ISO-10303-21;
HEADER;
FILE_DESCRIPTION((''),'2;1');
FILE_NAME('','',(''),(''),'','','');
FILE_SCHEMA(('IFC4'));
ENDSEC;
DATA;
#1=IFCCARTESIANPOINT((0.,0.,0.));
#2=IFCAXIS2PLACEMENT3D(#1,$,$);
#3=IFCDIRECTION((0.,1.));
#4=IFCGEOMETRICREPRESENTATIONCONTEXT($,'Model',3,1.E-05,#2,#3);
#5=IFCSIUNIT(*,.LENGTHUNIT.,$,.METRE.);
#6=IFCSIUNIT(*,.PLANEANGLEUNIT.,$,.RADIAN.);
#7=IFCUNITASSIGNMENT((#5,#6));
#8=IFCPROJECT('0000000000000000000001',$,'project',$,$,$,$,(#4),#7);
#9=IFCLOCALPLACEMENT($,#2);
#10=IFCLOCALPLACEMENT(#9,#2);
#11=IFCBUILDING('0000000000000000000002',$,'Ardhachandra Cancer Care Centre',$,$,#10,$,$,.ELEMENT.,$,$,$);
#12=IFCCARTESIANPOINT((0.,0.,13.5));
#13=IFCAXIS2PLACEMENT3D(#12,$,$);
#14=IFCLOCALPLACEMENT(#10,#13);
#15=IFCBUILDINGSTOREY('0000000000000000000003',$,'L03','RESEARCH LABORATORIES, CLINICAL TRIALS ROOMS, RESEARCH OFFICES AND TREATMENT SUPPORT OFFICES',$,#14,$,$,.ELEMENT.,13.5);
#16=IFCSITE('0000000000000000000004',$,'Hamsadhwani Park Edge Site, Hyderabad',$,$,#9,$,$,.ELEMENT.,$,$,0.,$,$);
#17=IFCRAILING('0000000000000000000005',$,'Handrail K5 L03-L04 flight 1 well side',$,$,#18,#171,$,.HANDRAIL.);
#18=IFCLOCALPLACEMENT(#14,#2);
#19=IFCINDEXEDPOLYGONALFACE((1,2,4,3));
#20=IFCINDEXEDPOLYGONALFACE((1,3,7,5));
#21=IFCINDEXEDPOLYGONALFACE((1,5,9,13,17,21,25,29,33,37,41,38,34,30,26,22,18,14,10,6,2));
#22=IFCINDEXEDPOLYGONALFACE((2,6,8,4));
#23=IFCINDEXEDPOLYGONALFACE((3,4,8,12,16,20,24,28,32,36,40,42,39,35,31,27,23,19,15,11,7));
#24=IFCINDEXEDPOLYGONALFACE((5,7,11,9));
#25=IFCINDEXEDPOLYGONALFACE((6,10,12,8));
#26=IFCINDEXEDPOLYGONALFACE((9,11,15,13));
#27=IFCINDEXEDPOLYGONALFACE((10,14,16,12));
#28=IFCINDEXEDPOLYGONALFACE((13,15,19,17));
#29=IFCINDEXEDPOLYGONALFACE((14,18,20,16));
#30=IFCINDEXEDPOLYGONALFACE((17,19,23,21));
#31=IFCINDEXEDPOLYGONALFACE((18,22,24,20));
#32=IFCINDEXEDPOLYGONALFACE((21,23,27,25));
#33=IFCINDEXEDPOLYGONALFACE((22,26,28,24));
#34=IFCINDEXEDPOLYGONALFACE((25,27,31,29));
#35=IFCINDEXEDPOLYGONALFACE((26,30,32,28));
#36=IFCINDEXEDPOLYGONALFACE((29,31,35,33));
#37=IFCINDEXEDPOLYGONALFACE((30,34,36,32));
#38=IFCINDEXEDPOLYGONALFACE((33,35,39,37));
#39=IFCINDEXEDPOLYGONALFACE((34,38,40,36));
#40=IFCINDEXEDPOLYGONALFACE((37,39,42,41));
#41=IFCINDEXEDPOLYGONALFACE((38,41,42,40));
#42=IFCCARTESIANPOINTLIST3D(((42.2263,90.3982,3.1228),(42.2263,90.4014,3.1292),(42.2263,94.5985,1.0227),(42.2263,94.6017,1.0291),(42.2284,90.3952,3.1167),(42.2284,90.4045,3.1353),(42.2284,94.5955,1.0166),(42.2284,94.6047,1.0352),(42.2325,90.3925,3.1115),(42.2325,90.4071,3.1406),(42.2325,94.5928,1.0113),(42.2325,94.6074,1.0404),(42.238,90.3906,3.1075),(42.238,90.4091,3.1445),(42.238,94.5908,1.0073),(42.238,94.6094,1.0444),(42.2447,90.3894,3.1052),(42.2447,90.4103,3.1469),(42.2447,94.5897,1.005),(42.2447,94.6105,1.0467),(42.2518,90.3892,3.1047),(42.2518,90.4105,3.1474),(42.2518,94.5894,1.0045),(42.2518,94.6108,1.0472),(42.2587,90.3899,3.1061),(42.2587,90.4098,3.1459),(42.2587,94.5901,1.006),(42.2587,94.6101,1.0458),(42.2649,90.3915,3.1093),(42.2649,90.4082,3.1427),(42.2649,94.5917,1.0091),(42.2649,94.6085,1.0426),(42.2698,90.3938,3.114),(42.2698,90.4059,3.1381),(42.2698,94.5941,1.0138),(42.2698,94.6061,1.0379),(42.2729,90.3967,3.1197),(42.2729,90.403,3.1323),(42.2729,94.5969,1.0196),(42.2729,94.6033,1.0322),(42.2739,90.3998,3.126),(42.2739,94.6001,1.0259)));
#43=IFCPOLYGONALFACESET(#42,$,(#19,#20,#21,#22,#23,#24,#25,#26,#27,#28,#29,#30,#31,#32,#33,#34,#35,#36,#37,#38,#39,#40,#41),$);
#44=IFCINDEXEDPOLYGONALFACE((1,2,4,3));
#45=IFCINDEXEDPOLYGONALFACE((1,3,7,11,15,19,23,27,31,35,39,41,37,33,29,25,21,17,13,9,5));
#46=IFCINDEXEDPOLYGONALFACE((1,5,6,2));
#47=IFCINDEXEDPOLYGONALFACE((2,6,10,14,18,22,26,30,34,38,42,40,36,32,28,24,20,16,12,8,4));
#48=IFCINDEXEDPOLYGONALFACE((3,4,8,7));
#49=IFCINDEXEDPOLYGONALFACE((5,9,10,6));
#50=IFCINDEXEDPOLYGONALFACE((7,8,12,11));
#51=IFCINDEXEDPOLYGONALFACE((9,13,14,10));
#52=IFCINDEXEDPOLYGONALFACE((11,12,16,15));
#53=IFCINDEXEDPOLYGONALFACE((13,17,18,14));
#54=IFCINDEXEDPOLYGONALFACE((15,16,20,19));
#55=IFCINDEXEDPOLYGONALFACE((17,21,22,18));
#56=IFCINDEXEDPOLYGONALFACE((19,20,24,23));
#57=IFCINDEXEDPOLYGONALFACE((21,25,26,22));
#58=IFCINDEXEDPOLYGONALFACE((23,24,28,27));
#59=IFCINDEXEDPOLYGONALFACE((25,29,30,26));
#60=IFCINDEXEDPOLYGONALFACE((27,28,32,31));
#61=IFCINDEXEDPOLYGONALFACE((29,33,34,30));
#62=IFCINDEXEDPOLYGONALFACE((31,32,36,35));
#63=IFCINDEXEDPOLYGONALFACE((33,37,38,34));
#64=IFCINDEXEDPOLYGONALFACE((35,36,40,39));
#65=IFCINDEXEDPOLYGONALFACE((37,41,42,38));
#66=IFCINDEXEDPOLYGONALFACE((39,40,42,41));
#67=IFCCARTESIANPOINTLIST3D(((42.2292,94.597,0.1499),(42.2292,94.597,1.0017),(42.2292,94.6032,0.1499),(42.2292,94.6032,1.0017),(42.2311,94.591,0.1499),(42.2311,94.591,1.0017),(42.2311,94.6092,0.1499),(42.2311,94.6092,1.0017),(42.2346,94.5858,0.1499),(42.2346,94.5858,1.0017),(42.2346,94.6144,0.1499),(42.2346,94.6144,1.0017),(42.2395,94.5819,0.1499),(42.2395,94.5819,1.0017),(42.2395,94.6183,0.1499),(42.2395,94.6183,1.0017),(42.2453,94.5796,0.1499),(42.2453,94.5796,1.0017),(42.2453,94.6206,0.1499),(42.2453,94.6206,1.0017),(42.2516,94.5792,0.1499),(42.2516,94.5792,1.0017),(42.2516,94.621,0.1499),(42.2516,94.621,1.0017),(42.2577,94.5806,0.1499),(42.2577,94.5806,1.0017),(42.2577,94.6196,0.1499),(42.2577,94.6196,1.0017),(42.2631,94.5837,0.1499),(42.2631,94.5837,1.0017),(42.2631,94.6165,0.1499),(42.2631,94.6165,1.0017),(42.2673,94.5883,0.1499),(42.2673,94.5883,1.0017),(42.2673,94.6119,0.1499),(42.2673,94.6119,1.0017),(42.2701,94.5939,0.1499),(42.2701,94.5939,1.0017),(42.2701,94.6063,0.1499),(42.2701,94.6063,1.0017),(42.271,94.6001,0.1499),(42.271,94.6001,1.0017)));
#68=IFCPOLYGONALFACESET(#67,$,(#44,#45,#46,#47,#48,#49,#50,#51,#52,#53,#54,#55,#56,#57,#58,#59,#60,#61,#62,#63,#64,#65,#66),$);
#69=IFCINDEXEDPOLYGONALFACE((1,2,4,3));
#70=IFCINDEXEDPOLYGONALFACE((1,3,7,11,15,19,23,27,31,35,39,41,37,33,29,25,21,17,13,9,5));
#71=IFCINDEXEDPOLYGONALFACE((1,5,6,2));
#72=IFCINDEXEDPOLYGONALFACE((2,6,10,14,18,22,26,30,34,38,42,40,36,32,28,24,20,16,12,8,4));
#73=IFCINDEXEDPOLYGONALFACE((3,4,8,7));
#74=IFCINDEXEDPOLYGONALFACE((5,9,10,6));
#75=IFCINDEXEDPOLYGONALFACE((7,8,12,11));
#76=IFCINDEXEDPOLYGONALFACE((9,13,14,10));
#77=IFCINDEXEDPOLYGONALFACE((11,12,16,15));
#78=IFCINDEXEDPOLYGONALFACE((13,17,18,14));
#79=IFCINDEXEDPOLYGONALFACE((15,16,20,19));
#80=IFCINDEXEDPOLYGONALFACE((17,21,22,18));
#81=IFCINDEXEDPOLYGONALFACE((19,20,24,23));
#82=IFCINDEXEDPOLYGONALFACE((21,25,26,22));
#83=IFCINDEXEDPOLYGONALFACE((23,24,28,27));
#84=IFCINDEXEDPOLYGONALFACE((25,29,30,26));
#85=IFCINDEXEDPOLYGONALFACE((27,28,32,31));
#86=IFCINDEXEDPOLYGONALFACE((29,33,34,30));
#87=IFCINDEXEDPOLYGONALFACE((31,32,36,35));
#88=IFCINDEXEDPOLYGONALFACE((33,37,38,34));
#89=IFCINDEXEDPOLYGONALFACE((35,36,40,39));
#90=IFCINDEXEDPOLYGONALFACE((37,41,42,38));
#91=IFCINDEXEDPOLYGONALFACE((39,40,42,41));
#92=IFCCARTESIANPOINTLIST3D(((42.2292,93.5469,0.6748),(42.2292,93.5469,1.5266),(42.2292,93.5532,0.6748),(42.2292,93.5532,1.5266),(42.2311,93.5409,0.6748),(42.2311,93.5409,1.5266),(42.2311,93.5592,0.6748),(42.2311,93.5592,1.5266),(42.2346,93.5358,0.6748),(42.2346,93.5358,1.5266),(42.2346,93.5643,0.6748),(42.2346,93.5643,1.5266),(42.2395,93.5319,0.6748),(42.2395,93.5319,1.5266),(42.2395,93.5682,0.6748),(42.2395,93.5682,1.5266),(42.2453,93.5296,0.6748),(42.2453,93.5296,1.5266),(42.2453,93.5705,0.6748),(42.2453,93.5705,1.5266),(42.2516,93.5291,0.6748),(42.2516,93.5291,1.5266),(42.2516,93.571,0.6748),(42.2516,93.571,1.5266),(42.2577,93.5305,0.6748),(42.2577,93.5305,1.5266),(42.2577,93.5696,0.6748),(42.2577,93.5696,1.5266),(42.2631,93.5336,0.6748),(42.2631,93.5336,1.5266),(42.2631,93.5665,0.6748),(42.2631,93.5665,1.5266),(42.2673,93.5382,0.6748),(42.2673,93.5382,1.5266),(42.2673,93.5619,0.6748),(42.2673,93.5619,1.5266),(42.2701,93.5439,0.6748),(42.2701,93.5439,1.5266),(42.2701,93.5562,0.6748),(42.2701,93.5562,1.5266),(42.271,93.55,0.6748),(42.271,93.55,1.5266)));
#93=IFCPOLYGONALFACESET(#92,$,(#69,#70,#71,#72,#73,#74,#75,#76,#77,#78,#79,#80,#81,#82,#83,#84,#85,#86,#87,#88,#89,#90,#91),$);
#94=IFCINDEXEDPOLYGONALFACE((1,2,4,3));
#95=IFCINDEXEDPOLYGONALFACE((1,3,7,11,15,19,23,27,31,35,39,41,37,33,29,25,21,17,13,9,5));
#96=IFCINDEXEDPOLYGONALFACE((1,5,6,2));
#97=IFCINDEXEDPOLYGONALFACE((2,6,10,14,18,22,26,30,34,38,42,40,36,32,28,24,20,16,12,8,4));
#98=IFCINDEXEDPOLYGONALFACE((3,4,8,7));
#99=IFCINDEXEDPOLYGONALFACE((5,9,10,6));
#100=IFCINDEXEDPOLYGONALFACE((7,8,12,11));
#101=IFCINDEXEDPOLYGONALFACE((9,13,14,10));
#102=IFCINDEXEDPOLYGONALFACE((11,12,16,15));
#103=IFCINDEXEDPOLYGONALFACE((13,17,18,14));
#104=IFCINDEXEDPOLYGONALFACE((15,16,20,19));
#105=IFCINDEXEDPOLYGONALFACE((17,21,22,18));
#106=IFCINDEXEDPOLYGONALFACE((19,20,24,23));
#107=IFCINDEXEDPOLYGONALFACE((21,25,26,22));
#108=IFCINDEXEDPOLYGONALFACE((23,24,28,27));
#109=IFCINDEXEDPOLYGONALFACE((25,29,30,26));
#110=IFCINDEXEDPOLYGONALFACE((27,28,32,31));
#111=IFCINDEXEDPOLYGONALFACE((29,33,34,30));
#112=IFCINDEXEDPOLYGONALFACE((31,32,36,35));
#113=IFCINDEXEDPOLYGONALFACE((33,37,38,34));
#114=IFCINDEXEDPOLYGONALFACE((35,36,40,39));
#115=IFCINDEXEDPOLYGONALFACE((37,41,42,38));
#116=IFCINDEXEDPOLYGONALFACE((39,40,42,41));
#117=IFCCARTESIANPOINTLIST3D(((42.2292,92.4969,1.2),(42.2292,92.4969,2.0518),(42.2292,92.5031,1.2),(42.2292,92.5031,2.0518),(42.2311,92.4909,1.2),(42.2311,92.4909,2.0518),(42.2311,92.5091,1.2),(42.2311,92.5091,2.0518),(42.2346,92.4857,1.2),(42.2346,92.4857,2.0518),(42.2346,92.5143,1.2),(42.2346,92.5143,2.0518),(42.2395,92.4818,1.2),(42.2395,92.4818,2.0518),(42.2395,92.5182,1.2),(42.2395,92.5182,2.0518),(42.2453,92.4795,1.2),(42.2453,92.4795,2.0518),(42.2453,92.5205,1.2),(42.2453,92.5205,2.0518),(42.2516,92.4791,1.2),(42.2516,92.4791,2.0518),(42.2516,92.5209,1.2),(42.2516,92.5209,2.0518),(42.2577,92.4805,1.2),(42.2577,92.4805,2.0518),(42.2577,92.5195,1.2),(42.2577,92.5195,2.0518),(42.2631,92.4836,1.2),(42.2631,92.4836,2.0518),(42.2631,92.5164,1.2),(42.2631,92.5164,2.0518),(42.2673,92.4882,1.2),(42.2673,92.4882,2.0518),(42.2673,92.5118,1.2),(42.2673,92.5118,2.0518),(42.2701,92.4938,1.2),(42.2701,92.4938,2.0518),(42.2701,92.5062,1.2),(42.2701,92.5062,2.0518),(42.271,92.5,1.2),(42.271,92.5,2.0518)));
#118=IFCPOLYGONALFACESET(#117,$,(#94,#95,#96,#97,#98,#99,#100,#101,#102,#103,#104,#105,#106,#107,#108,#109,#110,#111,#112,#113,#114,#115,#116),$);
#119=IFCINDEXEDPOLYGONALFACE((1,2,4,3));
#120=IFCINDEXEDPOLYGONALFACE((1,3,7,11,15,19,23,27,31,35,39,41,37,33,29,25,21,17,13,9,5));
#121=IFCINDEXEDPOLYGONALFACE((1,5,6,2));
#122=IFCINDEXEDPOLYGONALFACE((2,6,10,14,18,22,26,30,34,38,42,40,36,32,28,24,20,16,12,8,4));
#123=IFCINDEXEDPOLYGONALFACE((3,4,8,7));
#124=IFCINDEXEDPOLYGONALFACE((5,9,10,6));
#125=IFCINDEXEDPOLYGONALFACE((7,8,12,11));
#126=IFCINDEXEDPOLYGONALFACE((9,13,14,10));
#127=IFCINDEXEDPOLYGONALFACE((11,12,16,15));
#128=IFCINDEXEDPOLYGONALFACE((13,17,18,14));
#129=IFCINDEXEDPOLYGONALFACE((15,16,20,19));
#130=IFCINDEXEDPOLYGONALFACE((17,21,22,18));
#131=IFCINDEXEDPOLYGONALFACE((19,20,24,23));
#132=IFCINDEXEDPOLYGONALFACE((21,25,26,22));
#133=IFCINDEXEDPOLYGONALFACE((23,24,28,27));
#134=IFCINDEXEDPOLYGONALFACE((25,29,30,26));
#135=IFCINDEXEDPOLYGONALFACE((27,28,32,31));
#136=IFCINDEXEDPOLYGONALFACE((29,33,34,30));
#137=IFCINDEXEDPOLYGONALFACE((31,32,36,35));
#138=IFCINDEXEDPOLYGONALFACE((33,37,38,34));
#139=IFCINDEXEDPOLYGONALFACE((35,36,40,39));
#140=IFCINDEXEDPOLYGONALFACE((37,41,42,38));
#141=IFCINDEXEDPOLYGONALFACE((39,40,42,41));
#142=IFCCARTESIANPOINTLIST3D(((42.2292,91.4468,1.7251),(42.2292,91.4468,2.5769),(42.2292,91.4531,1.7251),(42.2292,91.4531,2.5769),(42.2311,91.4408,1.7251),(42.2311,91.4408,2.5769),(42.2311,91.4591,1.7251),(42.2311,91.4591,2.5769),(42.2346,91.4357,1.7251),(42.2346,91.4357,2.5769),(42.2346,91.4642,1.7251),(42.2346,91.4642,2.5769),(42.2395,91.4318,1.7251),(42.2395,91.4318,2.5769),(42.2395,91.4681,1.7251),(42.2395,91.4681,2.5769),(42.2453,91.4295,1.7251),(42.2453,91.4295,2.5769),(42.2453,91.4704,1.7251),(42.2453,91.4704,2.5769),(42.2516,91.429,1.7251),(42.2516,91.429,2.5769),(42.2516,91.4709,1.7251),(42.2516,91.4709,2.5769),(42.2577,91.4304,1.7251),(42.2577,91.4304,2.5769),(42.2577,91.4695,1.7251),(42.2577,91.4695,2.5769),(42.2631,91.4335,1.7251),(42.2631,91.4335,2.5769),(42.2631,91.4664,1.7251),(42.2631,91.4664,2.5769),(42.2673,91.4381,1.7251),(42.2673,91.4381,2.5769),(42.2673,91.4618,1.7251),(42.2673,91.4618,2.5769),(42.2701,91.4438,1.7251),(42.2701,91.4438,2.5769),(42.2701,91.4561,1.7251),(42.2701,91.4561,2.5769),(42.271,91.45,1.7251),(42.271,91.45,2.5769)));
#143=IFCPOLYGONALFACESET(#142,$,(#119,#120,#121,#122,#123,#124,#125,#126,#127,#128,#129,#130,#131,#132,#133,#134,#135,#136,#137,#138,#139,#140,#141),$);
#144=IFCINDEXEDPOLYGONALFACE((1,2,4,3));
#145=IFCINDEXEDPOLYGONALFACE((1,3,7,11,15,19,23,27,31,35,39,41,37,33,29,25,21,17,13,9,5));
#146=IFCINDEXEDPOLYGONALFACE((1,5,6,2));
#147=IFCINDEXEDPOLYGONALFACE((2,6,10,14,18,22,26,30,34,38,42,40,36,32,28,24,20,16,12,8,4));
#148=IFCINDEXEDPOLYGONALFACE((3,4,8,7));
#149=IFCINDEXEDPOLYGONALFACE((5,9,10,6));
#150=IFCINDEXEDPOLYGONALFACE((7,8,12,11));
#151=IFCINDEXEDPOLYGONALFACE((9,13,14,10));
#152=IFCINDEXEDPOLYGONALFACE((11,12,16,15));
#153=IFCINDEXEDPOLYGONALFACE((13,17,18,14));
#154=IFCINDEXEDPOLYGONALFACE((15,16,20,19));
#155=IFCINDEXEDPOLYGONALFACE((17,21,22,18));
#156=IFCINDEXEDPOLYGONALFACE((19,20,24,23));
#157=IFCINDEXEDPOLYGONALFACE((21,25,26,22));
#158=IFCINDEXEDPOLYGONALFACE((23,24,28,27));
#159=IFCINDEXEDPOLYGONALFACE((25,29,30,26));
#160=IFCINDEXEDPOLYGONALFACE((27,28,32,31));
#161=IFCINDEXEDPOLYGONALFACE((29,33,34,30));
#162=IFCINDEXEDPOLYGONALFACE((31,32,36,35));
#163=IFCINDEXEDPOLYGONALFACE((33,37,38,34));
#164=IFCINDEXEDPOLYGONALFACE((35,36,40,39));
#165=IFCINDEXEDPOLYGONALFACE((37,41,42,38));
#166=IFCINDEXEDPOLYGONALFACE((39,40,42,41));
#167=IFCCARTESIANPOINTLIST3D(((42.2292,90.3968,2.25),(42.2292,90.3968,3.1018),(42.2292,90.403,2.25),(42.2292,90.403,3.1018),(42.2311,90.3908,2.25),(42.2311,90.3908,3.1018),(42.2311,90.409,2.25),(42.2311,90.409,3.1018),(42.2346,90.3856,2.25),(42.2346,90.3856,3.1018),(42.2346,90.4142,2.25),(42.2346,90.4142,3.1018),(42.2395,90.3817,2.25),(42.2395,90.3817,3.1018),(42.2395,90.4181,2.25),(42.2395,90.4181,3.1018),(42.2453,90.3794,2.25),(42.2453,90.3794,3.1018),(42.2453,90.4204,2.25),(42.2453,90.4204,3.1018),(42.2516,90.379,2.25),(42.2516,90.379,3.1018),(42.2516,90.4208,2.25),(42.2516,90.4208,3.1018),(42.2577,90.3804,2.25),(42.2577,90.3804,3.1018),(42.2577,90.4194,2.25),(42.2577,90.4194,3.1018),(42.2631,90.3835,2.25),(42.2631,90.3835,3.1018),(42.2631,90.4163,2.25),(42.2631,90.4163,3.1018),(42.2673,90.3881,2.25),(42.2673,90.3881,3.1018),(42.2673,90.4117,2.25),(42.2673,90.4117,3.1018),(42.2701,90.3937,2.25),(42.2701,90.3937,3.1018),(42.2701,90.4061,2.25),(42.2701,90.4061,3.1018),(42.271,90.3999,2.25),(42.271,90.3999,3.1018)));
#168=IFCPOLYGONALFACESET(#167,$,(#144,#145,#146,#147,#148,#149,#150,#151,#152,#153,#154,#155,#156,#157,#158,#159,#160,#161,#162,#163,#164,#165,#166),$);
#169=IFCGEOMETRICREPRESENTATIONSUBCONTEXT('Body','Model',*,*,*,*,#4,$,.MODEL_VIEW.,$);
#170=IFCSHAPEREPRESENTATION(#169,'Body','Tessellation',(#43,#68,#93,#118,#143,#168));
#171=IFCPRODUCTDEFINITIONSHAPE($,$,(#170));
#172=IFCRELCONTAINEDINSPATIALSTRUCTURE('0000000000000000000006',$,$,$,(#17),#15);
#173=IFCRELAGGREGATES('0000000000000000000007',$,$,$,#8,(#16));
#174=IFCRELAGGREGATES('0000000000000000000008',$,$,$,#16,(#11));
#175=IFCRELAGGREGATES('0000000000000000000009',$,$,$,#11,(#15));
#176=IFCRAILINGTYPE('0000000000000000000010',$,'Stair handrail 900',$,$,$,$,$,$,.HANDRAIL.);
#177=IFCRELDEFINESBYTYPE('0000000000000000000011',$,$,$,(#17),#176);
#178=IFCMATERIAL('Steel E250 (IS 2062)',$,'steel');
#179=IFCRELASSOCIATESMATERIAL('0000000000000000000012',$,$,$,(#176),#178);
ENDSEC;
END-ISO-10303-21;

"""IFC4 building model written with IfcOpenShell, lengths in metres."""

from ifc_helpers import new_model, si_unit, direction, frame, origin, origin_2d, place, context, subcontext, project, spatial, circle, extrude, material, type_object, element, save


model = new_model("IFC4")

# Units and contexts
model_context = context("Model", 3, precision=1e-05, world=origin(), true_north=direction((0.0, 1.0)))
body_context = subcontext(model_context, "Body", "Model", "MODEL_VIEW")
ifc_project = project(units=[si_unit("LENGTHUNIT", "METRE"), si_unit("PLANEANGLEUNIT", "RADIAN")], contexts=[model_context])

# Site, building, storey
site_placement = place(None, origin())
site = spatial("IfcSite", under=ifc_project, at=site_placement, Name="Hamsadhwani Park Edge Site, Hyderabad", CompositionType="ELEMENT", RefElevation=0.0)
building_placement = place(site_placement, origin())
building = spatial("IfcBuilding", under=site, at=building_placement, Name="Ardhachandra Cancer Care Centre", CompositionType="ELEMENT")
storey_placement = place(building_placement, frame((0.0, 0.0, 13.5)))
storey = spatial("IfcBuildingStorey", under=building, at=storey_placement, Name="L03", Description="RESEARCH LABORATORIES, CLINICAL TRIALS ROOMS, RESEARCH OFFICES AND TREATMENT SUPPORT OFFICES", CompositionType="ELEMENT", Elevation=13.5)

# Railing
ifc_material_1 = material(Name="Steel E250 (IS 2062)", Category="steel")
railing_type_1 = type_object("IfcRailingType", Name="Stair handrail 900", PredefinedType="HANDRAIL", material=ifc_material_1)
for number, where, name in (
    (1, (42.25, 94.6001, 0.1499), "Handrail K5 L03-L04 flight 1 well side"),
):
    element("IfcRailing", number, at=place(storey_placement, frame(where)), inside=storey, type_object=railing_type_1, Name=name, PredefinedType="HANDRAIL", context=body_context, shape_type="SweptSolid", body=[
        extrude(circle(Radius=0.0239, at=origin_2d()), frame((0.0, 0.0, 0.876), z_axis=(0.0, -0.894427, 0.447214), x_axis=(1.0, 0.0, 0.0)), (0.0, 0.0, 1.0), 4.696),
        extrude(circle(Radius=0.021, at=origin_2d()), origin(), (0.0, 0.0, 1.0), 0.8518),
        extrude(circle(Radius=0.021, at=origin_2d()), frame((0.0, -1.05, 0.5249)), (0.0, 0.0, 1.0), 0.8518),
        extrude(circle(Radius=0.021, at=origin_2d()), frame((0.0, -2.1001, 1.05)), (0.0, 0.0, 1.0), 0.8518),
        extrude(circle(Radius=0.021, at=origin_2d()), frame((0.0, -3.1501, 1.5752)), (0.0, 0.0, 1.0), 0.8518),
        extrude(circle(Radius=0.021, at=origin_2d()), frame((0.0, -4.2002, 2.1001)), (0.0, 0.0, 1.0), 0.8518),
    ])

save(model, "model.ifc")
